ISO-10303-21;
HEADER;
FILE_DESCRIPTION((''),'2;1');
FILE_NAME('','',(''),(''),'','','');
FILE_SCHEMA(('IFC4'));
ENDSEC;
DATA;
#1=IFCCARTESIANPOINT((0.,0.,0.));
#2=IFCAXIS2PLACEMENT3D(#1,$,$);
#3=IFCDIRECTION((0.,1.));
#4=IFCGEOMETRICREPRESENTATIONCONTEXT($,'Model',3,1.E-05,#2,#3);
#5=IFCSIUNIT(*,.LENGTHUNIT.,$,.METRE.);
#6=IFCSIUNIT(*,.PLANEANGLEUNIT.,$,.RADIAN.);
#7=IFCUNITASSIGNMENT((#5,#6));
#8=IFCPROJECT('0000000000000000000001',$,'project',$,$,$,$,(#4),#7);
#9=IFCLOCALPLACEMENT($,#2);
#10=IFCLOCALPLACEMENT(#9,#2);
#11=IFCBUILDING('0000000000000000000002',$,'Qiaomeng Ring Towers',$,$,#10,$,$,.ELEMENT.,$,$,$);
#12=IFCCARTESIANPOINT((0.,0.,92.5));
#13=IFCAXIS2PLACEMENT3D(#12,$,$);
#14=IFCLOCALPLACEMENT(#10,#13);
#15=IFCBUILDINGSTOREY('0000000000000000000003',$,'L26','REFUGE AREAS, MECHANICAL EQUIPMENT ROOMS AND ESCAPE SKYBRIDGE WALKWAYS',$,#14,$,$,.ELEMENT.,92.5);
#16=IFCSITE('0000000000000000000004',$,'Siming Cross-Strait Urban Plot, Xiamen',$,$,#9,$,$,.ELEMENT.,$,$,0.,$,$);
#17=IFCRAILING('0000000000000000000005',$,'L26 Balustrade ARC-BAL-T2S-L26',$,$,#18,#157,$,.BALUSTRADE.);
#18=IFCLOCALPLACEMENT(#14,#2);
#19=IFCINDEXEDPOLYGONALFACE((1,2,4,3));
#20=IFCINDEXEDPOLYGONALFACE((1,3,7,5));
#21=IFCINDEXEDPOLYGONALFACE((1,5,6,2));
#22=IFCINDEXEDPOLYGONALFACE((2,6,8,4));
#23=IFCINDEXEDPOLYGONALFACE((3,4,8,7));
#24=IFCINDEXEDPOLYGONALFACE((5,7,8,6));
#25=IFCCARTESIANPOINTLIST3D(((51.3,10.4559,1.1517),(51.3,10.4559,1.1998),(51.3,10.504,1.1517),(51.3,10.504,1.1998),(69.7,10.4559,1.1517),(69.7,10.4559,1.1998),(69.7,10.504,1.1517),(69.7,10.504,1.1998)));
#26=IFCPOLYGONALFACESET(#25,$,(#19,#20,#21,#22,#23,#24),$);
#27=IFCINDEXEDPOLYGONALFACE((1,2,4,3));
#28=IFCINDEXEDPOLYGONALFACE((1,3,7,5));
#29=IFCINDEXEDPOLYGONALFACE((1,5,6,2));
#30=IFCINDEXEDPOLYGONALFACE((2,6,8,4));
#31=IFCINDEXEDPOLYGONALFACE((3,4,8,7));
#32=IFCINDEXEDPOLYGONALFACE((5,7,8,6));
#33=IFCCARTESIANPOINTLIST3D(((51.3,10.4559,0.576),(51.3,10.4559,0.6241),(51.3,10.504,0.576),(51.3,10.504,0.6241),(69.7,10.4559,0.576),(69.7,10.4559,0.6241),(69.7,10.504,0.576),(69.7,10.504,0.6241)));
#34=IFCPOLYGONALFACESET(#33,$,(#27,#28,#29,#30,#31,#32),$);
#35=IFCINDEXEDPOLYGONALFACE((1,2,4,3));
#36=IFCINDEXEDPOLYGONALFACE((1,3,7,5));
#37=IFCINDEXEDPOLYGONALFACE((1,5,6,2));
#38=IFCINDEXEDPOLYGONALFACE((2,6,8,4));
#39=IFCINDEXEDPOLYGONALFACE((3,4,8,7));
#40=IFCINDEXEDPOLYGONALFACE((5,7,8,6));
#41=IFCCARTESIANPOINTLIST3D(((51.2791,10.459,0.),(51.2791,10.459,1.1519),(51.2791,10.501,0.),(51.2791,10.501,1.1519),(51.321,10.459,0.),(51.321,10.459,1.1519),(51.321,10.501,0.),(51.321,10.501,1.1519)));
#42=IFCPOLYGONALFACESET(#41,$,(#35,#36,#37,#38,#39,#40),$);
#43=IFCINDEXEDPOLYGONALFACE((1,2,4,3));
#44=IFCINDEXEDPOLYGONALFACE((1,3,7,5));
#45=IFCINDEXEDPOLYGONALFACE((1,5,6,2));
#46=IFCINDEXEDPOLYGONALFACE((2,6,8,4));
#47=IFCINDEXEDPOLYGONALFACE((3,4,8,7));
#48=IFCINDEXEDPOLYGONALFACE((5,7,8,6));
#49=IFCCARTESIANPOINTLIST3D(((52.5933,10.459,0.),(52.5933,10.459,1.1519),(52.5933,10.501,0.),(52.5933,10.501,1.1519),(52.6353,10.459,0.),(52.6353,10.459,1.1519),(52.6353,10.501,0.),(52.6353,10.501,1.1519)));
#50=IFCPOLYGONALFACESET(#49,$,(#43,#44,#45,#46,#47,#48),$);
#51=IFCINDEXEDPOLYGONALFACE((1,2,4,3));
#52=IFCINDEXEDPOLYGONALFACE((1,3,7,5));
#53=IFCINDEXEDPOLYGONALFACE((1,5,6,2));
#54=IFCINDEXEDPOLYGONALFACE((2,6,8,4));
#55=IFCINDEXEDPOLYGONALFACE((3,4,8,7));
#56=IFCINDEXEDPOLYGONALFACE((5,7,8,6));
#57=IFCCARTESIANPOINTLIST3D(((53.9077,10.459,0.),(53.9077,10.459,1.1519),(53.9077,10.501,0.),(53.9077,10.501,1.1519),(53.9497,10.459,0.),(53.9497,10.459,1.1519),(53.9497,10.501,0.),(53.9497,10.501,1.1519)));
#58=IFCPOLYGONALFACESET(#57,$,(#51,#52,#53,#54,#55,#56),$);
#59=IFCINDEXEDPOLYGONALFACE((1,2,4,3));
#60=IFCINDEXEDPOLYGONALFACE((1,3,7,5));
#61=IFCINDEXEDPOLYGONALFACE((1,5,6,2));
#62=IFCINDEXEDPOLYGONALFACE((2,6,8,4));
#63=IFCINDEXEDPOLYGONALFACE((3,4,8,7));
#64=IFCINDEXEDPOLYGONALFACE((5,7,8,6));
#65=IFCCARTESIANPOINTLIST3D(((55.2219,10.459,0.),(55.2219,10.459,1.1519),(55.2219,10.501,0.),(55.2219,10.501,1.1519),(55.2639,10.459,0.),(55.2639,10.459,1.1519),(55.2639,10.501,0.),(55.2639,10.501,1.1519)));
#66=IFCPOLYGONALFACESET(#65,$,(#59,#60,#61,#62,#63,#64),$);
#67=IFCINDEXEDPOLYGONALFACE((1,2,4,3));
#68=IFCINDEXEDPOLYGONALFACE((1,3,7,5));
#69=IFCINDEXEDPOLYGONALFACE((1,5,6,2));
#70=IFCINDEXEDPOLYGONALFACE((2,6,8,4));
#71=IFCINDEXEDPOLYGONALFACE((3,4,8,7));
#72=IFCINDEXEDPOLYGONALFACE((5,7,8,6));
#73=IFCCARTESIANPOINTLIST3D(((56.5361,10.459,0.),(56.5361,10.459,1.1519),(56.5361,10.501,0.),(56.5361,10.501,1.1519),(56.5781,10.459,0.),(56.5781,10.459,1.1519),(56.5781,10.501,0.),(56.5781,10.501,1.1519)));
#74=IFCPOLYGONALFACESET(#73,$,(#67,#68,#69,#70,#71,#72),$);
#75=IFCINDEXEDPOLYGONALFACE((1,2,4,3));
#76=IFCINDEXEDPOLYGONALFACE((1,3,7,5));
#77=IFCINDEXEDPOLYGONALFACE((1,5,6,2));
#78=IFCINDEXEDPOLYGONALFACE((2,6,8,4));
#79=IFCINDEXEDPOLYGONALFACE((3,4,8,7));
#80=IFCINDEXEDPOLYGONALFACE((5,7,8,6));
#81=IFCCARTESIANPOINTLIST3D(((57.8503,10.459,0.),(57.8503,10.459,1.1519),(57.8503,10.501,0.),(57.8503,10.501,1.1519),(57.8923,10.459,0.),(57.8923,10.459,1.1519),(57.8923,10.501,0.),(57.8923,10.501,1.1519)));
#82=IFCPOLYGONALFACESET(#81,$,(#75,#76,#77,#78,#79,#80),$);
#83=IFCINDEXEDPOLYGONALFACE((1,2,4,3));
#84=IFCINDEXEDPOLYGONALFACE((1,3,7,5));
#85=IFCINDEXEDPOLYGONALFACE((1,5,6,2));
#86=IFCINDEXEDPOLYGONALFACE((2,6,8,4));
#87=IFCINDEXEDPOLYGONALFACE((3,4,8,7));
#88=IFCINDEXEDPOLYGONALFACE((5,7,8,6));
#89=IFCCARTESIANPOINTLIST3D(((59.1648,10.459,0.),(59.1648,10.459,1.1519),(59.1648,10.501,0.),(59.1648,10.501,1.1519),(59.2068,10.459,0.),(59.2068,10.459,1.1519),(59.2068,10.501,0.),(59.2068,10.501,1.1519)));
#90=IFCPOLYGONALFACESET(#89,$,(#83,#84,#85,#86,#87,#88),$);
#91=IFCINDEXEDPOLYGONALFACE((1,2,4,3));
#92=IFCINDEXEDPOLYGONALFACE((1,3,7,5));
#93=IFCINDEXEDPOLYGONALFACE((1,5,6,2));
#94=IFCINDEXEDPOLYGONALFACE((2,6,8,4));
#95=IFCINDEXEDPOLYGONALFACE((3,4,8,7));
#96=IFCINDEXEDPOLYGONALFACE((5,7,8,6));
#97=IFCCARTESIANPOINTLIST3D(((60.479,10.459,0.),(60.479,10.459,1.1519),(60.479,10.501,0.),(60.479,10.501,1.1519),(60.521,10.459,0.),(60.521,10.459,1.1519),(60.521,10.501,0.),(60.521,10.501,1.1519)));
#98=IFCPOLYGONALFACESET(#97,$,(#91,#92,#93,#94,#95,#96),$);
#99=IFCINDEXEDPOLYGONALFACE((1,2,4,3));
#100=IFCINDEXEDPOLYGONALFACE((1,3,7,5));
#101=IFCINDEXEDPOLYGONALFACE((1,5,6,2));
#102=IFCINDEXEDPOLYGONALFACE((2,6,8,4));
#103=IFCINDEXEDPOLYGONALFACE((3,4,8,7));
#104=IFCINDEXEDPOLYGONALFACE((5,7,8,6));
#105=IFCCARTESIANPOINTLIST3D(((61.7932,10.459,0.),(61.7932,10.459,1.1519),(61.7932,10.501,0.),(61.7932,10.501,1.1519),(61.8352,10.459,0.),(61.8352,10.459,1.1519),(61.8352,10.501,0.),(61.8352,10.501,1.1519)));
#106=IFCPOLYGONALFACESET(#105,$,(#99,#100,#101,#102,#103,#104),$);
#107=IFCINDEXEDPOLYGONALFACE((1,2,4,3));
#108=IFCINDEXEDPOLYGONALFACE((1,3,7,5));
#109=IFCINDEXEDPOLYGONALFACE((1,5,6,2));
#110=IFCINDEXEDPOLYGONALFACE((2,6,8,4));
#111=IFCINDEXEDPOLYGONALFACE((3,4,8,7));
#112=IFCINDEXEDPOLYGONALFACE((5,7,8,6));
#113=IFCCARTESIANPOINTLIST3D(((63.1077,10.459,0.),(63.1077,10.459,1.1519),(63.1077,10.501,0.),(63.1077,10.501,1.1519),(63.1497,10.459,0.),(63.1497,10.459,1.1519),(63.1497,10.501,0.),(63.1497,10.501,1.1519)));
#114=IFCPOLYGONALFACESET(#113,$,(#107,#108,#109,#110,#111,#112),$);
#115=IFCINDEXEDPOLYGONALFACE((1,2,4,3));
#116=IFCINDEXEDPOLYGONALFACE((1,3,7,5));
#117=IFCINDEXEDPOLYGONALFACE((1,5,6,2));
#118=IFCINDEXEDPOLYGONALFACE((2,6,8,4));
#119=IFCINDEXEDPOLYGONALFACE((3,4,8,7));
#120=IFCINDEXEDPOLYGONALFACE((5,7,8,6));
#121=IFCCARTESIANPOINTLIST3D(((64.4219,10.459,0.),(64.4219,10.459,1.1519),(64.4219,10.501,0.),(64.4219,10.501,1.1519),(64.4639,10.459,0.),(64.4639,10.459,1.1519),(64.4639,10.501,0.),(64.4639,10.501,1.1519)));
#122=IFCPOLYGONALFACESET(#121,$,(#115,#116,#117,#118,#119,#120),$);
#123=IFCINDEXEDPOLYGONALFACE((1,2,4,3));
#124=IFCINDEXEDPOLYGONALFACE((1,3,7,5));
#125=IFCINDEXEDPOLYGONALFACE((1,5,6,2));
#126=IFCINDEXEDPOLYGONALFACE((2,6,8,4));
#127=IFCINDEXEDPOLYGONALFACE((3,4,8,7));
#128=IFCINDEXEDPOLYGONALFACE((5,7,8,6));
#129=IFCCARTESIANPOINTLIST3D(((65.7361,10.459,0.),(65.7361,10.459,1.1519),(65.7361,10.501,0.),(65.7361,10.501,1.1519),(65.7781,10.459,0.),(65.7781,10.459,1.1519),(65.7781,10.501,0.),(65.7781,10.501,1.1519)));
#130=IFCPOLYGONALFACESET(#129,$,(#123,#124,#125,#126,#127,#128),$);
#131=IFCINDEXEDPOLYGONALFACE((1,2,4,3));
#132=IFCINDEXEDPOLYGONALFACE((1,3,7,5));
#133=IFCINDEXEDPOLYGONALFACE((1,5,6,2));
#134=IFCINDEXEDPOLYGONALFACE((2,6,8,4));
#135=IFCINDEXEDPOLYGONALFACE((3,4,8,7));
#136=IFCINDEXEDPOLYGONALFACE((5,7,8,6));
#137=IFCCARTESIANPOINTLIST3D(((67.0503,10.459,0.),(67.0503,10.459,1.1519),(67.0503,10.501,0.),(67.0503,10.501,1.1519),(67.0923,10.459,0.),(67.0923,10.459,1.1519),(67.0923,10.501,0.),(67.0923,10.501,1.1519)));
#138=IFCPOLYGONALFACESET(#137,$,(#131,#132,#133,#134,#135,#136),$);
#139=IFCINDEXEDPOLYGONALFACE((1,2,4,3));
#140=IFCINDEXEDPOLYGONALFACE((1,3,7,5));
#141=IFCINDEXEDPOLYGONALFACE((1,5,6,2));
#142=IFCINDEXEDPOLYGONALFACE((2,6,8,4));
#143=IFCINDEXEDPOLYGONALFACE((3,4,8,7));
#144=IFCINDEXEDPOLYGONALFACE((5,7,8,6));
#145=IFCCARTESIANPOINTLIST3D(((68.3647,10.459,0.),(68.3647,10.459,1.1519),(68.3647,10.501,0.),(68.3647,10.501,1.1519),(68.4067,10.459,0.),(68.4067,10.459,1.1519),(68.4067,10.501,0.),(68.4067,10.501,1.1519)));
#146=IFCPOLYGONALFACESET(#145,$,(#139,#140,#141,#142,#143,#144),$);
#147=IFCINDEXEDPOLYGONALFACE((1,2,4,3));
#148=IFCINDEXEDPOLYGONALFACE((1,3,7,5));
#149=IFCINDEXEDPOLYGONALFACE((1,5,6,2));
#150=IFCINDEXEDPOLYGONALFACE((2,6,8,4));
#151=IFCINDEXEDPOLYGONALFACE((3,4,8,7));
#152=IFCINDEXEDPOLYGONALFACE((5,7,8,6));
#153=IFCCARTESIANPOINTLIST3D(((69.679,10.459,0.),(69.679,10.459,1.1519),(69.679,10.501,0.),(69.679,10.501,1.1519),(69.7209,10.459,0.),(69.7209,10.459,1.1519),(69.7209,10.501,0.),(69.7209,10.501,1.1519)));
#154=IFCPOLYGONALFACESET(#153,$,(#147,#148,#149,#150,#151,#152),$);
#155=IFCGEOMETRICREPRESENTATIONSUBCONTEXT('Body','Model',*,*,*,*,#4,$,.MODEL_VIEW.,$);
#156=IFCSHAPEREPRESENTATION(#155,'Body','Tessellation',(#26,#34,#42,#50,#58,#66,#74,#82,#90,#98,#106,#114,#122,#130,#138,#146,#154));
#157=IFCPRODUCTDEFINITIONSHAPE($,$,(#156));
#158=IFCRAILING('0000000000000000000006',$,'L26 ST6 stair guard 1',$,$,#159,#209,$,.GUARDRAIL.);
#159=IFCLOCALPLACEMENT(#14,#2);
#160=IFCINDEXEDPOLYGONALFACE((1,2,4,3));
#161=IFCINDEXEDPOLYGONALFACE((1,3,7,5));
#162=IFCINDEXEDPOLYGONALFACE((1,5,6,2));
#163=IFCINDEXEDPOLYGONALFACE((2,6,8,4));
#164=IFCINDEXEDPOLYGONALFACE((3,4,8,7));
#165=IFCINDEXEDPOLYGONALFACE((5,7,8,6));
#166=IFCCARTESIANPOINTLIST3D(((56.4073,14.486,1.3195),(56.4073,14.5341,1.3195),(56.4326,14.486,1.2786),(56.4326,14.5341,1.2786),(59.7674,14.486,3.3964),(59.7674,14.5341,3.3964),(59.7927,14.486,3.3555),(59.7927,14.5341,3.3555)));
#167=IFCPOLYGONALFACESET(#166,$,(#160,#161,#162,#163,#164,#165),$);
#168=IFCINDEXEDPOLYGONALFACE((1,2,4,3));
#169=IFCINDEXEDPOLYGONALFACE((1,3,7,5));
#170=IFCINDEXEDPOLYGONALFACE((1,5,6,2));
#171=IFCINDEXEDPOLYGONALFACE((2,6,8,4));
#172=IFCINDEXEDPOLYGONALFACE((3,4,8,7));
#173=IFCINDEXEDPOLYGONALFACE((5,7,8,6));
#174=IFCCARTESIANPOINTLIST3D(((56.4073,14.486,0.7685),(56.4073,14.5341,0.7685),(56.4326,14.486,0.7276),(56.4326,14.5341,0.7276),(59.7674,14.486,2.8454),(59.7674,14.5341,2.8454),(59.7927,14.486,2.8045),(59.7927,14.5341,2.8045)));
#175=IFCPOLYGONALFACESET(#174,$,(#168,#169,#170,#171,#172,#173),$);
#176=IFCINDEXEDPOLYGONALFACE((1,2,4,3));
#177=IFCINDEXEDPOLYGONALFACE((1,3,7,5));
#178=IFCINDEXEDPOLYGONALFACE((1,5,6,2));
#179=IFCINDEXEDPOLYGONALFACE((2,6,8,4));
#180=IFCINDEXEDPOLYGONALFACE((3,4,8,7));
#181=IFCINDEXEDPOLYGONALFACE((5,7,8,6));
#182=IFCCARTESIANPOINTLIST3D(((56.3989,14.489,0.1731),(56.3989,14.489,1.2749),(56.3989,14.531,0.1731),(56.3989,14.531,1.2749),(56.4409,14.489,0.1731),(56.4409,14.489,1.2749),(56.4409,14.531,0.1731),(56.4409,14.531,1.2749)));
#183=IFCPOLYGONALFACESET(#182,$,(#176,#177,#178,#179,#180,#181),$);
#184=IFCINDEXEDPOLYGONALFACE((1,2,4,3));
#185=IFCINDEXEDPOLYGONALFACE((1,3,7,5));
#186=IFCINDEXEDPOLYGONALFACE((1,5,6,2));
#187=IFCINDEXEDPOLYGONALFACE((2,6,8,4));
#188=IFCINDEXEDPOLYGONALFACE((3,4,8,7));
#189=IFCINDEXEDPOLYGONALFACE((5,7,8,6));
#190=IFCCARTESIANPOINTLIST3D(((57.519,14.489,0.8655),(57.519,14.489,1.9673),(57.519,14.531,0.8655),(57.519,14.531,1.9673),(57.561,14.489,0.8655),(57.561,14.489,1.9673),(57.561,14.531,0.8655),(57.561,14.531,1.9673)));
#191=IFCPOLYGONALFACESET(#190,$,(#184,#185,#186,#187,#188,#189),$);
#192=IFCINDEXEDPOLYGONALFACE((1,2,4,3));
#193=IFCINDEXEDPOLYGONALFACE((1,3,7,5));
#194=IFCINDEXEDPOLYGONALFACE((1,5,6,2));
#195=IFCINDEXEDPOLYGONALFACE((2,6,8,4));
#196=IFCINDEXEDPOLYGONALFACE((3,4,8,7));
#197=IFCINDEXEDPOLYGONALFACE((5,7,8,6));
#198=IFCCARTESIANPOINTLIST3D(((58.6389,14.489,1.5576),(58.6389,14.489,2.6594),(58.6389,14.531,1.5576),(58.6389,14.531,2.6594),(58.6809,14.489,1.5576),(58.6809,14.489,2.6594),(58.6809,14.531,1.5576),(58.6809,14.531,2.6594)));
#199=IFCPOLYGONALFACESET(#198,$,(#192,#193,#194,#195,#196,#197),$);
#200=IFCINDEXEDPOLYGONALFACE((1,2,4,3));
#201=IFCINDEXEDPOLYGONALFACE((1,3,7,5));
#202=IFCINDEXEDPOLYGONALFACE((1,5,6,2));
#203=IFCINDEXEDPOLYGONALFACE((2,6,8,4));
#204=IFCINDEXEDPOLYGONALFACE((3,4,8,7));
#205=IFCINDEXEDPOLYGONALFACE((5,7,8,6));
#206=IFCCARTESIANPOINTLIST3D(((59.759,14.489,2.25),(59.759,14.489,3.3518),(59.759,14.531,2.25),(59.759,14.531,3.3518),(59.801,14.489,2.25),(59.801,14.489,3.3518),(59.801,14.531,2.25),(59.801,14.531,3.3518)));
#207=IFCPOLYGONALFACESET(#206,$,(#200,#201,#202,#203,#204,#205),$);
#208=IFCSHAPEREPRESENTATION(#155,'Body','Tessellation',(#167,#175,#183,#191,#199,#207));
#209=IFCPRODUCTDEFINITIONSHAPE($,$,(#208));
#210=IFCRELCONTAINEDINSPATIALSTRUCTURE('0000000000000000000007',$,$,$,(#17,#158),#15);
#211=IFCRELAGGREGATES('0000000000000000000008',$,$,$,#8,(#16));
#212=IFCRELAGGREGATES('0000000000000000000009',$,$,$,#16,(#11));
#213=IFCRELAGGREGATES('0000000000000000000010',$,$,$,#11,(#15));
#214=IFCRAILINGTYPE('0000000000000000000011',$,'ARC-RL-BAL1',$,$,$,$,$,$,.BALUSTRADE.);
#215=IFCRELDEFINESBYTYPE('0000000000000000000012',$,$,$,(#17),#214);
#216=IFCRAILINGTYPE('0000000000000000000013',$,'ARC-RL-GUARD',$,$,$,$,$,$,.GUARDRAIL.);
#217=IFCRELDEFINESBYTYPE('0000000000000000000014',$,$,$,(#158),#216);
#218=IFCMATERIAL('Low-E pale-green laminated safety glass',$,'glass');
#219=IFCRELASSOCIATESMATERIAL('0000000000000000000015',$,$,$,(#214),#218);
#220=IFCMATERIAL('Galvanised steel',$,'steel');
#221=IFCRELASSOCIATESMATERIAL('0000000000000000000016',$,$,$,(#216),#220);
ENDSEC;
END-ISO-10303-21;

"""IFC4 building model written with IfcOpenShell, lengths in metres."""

from ifc_helpers import new_model, si_unit, direction, frame, origin, origin_2d, place, context, subcontext, project, spatial, rectangle, extrude, material, type_object, element, save


model = new_model("IFC4")

# Units and contexts
model_context = context("Model", 3, precision=1e-05, world=origin(), true_north=direction((0.0, 1.0)))
body_context = subcontext(model_context, "Body", "Model", "MODEL_VIEW")
ifc_project = project(units=[si_unit("LENGTHUNIT", "METRE"), si_unit("PLANEANGLEUNIT", "RADIAN")], contexts=[model_context])

# Site, building, storey
site_placement = place(None, origin())
site = spatial("IfcSite", under=ifc_project, at=site_placement, Name="Siming Cross-Strait Urban Plot, Xiamen", CompositionType="ELEMENT", RefElevation=0.0)
building_placement = place(site_placement, origin())
building = spatial("IfcBuilding", under=site, at=building_placement, Name="Qiaomeng Ring Towers", CompositionType="ELEMENT")
storey_placement = place(building_placement, frame((0.0, 0.0, 92.5)))
storey = spatial("IfcBuildingStorey", under=building, at=storey_placement, Name="L26", Description="REFUGE AREAS, MECHANICAL EQUIPMENT ROOMS AND ESCAPE SKYBRIDGE WALKWAYS", CompositionType="ELEMENT", Elevation=92.5)

# Shared definitions
ifc_material_1 = material(Name="Galvanised steel", Category="steel")

# Railings
ifc_material_2 = material(Name="Low-E pale-green laminated safety glass", Category="glass")
railing_type_1 = type_object("IfcRailingType", Name="ARC-RL-BAL1", PredefinedType="BALUSTRADE", material=ifc_material_2)
railing_1_placement = place(storey_placement, frame((51.3, 10.48, 0.0)))
element("IfcRailing", 1, at=railing_1_placement, inside=storey, type_object=railing_type_1, Name="L26 Balustrade ARC-BAL-T2S-L26", PredefinedType="BALUSTRADE", context=body_context, shape_type="SweptSolid", body=[
    extrude(rectangle(XDim=0.0481, YDim=0.0481, at=origin_2d()), frame((0.0, 0.0, 1.1758), z_axis=(1.0, 0.0, 0.0), x_axis=(0.0, 1.0, 0.0)), (0.0, 0.0, 1.0), 18.3999),
    extrude(rectangle(XDim=0.0481, YDim=0.0481, at=origin_2d()), frame((0.0, 0.0, 0.6001), z_axis=(1.0, 0.0, 0.0), x_axis=(0.0, 1.0, 0.0)), (0.0, 0.0, 1.0), 18.3999),
    extrude(rectangle(XDim=0.042, YDim=0.042, at=origin_2d()), origin(), (0.0, 0.0, 1.0), 1.1519),
    extrude(rectangle(XDim=0.042, YDim=0.042, at=origin_2d()), frame((1.3142, 0.0, 0.0)), (0.0, 0.0, 1.0), 1.1519),
    extrude(rectangle(XDim=0.042, YDim=0.042, at=origin_2d()), frame((2.6287, 0.0, 0.0)), (0.0, 0.0, 1.0), 1.1519),
    extrude(rectangle(XDim=0.042, YDim=0.042, at=origin_2d()), frame((3.9429, 0.0, 0.0)), (0.0, 0.0, 1.0), 1.1519),
    extrude(rectangle(XDim=0.042, YDim=0.042, at=origin_2d()), frame((5.2571, 0.0, 0.0)), (0.0, 0.0, 1.0), 1.1519),
    extrude(rectangle(XDim=0.042, YDim=0.042, at=origin_2d()), frame((6.5713, 0.0, 0.0)), (0.0, 0.0, 1.0), 1.1519),
    extrude(rectangle(XDim=0.042, YDim=0.042, at=origin_2d()), frame((7.8857, 0.0, 0.0)), (0.0, 0.0, 1.0), 1.1519),
    extrude(rectangle(XDim=0.042, YDim=0.042, at=origin_2d()), frame((9.2, 0.0, 0.0)), (0.0, 0.0, 1.0), 1.1519),
    extrude(rectangle(XDim=0.042, YDim=0.042, at=origin_2d()), frame((10.5142, 0.0, 0.0)), (0.0, 0.0, 1.0), 1.1519),
    extrude(rectangle(XDim=0.042, YDim=0.042, at=origin_2d()), frame((11.8286, 0.0, 0.0)), (0.0, 0.0, 1.0), 1.1519),
    extrude(rectangle(XDim=0.042, YDim=0.042, at=origin_2d()), frame((13.1428, 0.0, 0.0)), (0.0, 0.0, 1.0), 1.1519),
    extrude(rectangle(XDim=0.042, YDim=0.042, at=origin_2d()), frame((14.457, 0.0, 0.0)), (0.0, 0.0, 1.0), 1.1519),
    extrude(rectangle(XDim=0.042, YDim=0.042, at=origin_2d()), frame((15.7712, 0.0, 0.0)), (0.0, 0.0, 1.0), 1.1519),
    extrude(rectangle(XDim=0.042, YDim=0.042, at=origin_2d()), frame((17.0857, 0.0, 0.0)), (0.0, 0.0, 1.0), 1.1519),
    extrude(rectangle(XDim=0.042, YDim=0.042, at=origin_2d()), frame((18.3999, 0.0, 0.0)), (0.0, 0.0, 1.0), 1.1519),
])
railing_type_2 = type_object("IfcRailingType", Name="ARC-RL-GUARD", PredefinedType="GUARDRAIL", material=ifc_material_1)
railing_2_placement = place(storey_placement, frame((56.4199, 14.51, 0.1731)))
element("IfcRailing", 2, at=railing_2_placement, inside=storey, type_object=railing_type_2, Name="L26 ST6 stair guard 1", PredefinedType="GUARDRAIL", context=body_context, shape_type="SweptSolid", body=[
    extrude(rectangle(XDim=0.0481, YDim=0.0481, at=origin_2d()), frame((0.0, 0.0, 1.126), z_axis=(0.850623, 0.0, 0.525776), x_axis=(0.0, 1.0, 0.0)), (0.0, 0.0, 1.0), 3.9502),
    extrude(rectangle(XDim=0.0481, YDim=0.0481, at=origin_2d()), frame((0.0, 0.0, 0.575), z_axis=(0.850623, 0.0, 0.525776), x_axis=(0.0, 1.0, 0.0)), (0.0, 0.0, 1.0), 3.9502),
    extrude(rectangle(XDim=0.042, YDim=0.042, at=origin_2d()), origin(), (0.0, 0.0, 1.0), 1.1018),
    extrude(rectangle(XDim=0.042, YDim=0.042, at=origin_2d()), frame((1.1201, 0.0, 0.6924)), (0.0, 0.0, 1.0), 1.1018),
    extrude(rectangle(XDim=0.042, YDim=0.042, at=origin_2d()), frame((2.24, 0.0, 1.3845)), (0.0, 0.0, 1.0), 1.1018),
    extrude(rectangle(XDim=0.042, YDim=0.042, at=origin_2d()), frame((3.3601, 0.0, 2.0769)), (0.0, 0.0, 1.0), 1.1018),
])

save(model, "model.ifc")
